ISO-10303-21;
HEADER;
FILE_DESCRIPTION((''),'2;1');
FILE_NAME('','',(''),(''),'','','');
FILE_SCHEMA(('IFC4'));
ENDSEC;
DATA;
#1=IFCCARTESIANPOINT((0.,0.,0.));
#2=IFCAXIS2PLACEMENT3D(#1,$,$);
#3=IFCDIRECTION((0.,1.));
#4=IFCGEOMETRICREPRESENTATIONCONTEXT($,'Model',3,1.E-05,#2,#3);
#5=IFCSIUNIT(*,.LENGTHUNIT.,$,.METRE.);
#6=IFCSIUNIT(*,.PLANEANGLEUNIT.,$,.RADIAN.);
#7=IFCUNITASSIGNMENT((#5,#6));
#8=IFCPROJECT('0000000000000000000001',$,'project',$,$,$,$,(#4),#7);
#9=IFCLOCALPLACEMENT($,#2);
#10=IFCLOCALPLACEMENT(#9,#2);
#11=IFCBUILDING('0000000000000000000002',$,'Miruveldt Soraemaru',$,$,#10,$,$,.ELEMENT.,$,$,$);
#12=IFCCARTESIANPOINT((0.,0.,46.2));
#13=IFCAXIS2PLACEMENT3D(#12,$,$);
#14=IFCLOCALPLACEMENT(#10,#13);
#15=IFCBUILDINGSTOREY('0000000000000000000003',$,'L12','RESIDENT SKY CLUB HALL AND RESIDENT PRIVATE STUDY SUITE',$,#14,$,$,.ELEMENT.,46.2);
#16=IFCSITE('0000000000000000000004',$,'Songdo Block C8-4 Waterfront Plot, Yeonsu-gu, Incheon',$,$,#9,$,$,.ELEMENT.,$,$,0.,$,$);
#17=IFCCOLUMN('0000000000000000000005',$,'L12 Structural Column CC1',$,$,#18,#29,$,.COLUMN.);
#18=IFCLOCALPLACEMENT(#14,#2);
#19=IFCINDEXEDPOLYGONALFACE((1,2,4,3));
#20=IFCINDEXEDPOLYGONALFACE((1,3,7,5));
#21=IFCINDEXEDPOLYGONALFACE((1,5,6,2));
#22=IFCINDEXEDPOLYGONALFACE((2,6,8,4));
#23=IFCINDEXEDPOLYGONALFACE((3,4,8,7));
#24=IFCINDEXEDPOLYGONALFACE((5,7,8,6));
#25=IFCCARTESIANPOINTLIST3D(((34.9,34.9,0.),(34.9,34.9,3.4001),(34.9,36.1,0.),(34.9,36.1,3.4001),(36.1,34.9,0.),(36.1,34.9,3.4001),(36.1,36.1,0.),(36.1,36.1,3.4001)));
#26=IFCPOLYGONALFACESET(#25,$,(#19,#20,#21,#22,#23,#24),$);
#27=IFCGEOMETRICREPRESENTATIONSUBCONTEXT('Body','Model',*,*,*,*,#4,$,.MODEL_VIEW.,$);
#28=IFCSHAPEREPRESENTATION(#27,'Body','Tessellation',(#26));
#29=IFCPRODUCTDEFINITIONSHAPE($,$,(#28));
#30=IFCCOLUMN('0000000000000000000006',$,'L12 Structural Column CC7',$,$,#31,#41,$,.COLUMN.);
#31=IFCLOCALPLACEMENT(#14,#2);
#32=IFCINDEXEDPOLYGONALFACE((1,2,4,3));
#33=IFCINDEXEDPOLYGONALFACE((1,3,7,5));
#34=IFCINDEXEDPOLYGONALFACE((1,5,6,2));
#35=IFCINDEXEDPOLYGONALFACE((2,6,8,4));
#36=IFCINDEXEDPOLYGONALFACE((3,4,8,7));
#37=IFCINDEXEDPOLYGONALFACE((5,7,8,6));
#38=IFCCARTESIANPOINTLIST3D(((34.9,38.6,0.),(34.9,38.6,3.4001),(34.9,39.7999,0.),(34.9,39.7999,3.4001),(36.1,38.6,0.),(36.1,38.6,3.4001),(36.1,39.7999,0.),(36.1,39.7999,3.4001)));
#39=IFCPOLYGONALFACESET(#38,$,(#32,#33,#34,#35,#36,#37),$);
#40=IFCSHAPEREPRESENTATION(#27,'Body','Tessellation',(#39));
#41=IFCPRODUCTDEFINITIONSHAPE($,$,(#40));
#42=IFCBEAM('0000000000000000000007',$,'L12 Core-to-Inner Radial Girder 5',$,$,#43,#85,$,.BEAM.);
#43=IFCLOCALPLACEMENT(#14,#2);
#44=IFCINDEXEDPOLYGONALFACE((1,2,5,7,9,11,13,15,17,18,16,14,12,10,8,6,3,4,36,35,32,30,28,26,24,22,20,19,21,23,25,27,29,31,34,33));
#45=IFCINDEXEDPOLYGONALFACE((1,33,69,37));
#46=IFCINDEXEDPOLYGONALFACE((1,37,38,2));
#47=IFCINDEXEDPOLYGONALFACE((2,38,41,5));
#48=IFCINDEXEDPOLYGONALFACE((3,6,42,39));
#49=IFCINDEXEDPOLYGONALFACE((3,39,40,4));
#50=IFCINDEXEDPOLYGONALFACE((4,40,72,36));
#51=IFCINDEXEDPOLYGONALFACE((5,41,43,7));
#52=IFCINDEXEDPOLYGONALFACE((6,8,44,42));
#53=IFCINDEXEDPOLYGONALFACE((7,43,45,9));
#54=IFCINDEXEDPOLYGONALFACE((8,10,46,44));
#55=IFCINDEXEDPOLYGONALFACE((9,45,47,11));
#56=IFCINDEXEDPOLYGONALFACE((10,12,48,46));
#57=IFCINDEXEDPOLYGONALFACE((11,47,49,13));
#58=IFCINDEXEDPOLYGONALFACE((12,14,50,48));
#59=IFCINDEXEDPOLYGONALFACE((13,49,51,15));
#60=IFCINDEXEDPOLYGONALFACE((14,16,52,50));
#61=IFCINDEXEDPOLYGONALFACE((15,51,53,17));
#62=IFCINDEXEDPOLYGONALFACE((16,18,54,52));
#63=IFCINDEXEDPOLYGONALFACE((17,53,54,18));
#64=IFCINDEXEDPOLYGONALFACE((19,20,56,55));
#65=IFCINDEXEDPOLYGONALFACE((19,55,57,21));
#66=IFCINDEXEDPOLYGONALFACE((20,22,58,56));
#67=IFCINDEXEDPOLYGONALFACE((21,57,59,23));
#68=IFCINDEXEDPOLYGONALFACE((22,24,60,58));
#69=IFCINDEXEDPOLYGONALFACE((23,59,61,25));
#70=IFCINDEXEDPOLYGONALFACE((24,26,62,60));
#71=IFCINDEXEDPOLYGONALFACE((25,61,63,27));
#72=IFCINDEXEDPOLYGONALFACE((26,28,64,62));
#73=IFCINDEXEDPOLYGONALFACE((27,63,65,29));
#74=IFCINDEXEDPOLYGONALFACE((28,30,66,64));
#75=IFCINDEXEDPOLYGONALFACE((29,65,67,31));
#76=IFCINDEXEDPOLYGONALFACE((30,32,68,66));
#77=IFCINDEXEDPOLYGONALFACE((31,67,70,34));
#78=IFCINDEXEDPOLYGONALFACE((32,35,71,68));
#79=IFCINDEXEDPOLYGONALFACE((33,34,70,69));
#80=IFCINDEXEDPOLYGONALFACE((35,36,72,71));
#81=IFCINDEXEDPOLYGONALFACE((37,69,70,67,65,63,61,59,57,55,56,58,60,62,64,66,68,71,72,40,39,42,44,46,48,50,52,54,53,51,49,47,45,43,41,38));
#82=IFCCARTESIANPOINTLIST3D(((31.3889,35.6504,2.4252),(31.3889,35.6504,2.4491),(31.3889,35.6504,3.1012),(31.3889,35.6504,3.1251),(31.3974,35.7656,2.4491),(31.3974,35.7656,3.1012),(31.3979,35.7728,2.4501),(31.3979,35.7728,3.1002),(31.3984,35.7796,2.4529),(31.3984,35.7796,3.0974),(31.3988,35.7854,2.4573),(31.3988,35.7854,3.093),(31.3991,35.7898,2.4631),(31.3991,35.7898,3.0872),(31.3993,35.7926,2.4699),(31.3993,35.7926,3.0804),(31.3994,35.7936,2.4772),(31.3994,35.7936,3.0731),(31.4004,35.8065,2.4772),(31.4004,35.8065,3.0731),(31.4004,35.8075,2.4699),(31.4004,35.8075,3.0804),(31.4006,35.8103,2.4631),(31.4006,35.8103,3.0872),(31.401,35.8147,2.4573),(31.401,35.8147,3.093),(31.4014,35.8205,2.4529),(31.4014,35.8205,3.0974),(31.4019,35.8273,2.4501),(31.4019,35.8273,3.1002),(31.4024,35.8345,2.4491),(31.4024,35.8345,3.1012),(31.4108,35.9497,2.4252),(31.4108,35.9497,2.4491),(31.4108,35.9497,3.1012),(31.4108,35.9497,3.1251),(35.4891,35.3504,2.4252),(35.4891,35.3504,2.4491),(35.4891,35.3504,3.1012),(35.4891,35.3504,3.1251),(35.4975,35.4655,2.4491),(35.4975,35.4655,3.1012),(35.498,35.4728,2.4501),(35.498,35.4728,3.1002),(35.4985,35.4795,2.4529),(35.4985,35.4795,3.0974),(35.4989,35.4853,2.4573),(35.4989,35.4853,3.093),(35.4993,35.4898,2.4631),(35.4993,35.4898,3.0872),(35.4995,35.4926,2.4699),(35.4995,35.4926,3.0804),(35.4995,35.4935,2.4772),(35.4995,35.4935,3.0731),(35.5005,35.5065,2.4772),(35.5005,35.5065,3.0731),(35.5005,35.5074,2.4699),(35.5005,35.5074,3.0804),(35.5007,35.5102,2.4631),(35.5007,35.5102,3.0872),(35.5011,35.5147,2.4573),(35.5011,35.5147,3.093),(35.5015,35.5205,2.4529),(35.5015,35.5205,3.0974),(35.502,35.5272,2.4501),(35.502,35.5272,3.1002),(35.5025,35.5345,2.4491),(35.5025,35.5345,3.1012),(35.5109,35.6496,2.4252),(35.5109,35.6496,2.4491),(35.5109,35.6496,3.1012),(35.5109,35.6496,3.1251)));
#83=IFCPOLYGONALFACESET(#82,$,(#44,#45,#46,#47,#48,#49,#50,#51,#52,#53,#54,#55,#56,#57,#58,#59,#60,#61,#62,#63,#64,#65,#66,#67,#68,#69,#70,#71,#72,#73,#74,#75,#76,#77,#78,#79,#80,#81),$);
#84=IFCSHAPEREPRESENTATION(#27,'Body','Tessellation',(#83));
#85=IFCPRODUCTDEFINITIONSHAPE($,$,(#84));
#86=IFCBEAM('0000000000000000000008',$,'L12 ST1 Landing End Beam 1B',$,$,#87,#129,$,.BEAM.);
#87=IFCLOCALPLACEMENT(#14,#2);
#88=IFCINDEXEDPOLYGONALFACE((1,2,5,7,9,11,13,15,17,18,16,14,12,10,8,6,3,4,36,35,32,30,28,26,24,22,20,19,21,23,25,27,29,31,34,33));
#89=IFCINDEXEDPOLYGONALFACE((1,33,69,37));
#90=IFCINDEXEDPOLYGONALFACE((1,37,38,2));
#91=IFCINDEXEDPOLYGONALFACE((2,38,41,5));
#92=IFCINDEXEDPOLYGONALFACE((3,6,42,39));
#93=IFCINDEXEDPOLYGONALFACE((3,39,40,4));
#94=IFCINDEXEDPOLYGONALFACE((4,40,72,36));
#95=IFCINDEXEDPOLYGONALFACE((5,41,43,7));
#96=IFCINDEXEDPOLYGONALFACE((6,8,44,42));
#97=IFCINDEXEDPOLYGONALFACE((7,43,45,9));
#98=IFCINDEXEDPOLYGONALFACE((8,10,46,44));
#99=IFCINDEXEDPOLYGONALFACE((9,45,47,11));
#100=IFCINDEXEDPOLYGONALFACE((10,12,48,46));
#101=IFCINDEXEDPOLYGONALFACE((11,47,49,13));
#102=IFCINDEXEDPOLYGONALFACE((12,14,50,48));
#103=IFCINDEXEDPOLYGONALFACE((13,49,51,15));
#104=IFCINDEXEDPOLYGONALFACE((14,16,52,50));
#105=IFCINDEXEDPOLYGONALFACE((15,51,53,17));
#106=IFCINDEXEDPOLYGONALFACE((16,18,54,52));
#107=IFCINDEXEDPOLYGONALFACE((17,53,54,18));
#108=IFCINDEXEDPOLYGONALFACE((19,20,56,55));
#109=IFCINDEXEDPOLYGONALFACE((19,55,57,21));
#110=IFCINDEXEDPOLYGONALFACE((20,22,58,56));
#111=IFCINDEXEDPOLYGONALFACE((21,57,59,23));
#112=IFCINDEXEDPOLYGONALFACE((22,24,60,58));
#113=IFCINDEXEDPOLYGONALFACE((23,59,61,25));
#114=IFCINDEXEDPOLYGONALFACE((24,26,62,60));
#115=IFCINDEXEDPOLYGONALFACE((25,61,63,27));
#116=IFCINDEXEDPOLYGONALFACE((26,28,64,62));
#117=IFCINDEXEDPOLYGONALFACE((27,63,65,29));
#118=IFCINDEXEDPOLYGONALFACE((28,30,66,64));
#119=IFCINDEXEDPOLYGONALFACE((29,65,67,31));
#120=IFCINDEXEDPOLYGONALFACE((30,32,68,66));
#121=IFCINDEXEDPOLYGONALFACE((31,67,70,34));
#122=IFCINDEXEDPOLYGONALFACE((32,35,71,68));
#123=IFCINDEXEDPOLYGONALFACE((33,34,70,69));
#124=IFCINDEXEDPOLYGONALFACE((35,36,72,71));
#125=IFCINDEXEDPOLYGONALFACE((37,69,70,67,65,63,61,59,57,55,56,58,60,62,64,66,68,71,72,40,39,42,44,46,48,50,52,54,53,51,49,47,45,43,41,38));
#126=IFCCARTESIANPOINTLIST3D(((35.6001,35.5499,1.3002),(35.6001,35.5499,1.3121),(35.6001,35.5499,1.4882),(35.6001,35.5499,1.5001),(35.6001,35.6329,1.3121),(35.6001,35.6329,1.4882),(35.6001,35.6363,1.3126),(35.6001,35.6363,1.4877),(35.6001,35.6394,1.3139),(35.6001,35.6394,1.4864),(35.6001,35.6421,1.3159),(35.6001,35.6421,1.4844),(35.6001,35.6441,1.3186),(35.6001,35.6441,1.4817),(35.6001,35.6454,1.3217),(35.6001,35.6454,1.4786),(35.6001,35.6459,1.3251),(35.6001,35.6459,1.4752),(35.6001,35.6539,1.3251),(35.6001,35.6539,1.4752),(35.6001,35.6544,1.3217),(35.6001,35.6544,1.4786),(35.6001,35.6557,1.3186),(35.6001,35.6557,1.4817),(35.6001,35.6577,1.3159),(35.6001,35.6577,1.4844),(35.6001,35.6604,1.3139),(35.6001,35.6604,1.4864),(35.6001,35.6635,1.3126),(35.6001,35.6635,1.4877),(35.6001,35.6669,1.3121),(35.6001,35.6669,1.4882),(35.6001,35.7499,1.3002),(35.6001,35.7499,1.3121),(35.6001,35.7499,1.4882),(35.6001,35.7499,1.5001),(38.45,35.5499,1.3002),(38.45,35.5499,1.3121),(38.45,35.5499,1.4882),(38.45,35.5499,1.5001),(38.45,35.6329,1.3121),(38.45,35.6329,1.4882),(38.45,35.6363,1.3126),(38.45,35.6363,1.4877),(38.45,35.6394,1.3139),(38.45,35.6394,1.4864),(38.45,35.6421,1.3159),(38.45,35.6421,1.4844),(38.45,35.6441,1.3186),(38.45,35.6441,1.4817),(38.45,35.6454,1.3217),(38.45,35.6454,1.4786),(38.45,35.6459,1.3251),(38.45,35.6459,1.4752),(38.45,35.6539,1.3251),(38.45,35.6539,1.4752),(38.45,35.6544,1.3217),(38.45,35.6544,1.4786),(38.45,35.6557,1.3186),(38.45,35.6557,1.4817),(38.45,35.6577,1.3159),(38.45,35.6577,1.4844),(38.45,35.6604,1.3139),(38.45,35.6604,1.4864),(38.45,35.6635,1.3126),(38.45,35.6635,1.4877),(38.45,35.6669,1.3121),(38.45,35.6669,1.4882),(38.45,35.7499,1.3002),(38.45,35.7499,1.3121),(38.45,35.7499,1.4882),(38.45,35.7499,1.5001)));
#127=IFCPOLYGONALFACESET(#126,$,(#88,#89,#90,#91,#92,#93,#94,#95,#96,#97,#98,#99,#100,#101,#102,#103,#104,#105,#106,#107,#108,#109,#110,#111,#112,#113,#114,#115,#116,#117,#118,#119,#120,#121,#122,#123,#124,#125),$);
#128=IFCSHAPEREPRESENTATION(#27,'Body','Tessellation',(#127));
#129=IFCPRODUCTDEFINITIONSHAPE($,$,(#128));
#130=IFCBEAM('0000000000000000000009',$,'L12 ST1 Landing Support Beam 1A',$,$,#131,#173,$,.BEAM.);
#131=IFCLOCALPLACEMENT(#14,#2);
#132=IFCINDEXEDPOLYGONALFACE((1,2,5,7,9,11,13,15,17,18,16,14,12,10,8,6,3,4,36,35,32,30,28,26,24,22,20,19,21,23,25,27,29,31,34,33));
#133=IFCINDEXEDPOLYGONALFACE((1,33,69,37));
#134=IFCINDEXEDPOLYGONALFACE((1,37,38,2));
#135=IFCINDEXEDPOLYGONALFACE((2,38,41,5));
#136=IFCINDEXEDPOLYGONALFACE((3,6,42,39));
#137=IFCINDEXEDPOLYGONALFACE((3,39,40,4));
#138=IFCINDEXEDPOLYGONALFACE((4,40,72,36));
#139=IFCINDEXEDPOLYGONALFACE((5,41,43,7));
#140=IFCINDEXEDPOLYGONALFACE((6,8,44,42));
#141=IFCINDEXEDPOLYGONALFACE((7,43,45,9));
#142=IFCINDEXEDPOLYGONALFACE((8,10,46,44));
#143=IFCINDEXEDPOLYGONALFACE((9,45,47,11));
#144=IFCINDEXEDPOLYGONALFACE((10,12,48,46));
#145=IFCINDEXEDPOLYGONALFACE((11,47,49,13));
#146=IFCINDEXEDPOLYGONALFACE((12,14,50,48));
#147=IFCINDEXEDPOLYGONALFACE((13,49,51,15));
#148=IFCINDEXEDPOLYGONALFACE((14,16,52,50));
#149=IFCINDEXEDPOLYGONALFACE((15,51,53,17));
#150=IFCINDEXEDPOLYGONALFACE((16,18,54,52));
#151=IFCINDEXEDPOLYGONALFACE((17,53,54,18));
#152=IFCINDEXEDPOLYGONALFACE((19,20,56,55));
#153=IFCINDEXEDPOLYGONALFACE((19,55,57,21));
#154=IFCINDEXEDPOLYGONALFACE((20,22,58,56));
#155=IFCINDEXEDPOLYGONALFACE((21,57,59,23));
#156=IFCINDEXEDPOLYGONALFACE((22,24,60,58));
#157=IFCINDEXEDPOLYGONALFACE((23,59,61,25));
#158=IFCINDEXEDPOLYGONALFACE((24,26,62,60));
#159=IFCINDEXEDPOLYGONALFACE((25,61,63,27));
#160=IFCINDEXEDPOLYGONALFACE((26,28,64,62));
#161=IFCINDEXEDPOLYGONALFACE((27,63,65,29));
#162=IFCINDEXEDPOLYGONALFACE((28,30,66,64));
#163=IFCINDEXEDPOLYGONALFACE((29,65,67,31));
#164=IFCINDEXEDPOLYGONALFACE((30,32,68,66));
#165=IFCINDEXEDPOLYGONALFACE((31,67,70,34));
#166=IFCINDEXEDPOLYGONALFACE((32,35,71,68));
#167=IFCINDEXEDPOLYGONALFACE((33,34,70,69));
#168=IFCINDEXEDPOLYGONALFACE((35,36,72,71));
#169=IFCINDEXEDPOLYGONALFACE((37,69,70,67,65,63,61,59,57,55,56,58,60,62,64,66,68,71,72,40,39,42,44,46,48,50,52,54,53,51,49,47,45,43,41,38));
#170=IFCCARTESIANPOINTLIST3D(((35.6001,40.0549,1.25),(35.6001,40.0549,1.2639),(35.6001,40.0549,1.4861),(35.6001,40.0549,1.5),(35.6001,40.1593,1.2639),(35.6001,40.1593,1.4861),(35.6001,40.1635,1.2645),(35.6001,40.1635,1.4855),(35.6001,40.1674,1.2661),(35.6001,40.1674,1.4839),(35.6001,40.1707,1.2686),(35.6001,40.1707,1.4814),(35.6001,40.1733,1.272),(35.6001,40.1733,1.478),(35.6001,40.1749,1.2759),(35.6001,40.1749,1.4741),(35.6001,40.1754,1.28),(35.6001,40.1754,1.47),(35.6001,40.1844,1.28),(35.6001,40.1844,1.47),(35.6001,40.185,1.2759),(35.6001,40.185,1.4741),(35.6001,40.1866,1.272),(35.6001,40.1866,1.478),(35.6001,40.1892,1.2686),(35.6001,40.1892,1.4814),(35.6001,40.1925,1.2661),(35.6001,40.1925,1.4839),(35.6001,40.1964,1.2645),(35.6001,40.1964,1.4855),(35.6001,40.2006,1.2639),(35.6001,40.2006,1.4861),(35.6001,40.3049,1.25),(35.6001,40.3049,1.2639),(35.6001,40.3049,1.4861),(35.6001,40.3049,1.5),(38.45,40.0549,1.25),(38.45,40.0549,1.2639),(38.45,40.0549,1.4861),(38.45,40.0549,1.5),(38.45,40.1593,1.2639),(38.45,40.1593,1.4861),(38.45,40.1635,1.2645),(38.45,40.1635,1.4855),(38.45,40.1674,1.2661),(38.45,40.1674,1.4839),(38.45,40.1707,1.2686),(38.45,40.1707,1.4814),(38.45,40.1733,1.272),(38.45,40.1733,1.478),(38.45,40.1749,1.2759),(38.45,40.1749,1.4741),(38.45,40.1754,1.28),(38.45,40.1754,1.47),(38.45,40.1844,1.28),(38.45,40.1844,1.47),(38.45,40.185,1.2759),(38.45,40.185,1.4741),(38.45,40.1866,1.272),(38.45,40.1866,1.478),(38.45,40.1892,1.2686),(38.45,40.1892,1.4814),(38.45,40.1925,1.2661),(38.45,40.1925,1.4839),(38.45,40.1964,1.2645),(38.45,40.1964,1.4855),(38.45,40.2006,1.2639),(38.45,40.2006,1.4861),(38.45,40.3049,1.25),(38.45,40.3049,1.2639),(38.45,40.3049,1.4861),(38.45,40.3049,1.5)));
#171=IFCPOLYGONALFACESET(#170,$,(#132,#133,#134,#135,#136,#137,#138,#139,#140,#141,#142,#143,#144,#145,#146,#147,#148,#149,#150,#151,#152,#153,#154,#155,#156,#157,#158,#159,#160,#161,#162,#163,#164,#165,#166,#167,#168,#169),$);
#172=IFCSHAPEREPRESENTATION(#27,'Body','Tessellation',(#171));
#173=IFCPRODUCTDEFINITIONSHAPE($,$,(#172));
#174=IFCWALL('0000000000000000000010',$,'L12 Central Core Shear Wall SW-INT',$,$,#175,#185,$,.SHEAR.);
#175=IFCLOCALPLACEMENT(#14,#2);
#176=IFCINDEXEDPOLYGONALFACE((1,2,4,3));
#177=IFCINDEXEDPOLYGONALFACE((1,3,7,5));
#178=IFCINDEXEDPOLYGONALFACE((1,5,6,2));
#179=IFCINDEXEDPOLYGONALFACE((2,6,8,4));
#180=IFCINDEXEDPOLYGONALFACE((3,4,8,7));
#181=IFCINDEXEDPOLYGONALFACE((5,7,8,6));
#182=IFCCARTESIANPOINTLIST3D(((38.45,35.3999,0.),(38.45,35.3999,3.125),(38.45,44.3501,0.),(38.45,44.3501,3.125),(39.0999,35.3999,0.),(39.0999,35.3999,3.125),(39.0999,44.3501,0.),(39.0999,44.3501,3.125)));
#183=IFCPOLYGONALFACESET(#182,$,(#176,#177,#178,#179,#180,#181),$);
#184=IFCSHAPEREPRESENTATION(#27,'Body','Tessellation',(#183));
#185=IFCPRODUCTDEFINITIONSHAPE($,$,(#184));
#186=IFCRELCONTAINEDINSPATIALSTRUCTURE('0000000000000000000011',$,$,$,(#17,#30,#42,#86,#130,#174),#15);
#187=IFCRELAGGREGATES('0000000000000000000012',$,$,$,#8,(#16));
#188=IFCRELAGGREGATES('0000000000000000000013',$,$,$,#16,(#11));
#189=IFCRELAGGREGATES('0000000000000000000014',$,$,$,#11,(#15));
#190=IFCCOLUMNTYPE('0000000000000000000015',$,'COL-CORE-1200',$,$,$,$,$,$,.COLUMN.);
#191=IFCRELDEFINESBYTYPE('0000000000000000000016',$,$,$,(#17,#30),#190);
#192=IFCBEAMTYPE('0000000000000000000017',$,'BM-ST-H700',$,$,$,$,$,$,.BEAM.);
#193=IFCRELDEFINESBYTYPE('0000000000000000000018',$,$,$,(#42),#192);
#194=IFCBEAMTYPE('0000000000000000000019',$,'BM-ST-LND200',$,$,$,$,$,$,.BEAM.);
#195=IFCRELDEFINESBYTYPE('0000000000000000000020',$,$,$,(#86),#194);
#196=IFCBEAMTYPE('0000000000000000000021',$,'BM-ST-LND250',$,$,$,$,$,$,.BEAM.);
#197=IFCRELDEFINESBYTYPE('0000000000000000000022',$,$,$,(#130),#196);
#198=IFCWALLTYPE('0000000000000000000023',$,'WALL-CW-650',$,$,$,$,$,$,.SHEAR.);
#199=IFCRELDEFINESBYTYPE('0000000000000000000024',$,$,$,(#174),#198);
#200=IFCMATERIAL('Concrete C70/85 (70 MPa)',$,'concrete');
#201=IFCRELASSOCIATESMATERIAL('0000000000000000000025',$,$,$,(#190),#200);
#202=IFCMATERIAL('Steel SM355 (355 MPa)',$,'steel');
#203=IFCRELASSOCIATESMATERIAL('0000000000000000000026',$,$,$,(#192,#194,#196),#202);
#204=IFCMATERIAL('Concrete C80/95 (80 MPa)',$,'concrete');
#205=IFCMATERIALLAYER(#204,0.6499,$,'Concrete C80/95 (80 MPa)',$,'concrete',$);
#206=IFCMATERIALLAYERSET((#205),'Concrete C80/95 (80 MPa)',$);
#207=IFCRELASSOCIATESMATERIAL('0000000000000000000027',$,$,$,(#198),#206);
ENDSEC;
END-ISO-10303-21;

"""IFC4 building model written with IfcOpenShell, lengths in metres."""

from ifc_helpers import new_model, si_unit, direction, frame, frame_2d, origin, origin_2d, place, context, subcontext, project, spatial, rectangle, i_section, extrude, material, layer, layer_set, material_profile, profile_set, type_object, element, save


model = new_model("IFC4")

# Units and contexts
model_context = context("Model", 3, precision=1e-05, world=origin(), true_north=direction((0.0, 1.0)))
body_context = subcontext(model_context, "Body", "Model", "MODEL_VIEW")
ifc_project = project(units=[si_unit("LENGTHUNIT", "METRE"), si_unit("PLANEANGLEUNIT", "RADIAN")], contexts=[model_context])

# Site, building, storey
site_placement = place(None, origin())
site = spatial("IfcSite", under=ifc_project, at=site_placement, Name="Songdo Block C8-4 Waterfront Plot, Yeonsu-gu, Incheon", CompositionType="ELEMENT", RefElevation=0.0)
building_placement = place(site_placement, origin())
building = spatial("IfcBuilding", under=site, at=building_placement, Name="Miruveldt Soraemaru", CompositionType="ELEMENT")
storey_placement = place(building_placement, frame((0.0, 0.0, 46.2)))
storey = spatial("IfcBuildingStorey", under=building, at=storey_placement, Name="L12", Description="RESIDENT SKY CLUB HALL AND RESIDENT PRIVATE STUDY SUITE", CompositionType="ELEMENT", Elevation=46.2)

# Columns
ifc_material_1 = material(Name="Concrete C70/85 (70 MPa)", Category="concrete")
ifc_material_profile_1 = material_profile(ifc_material_1, rectangle(XDim=1.2, YDim=1.2, at=origin_2d()), Name="Concrete C70/85 (70 MPa)", Category="concrete")
ifc_profile_set_1 = profile_set([ifc_material_profile_1], Name="Concrete C70/85 (70 MPa)")
column_type = type_object("IfcColumnType", Name="COL-CORE-1200", PredefinedType="COLUMN", material=ifc_profile_set_1)
for number, where, z_axis, x_axis, name in (
    (1, (35.5, 35.5, 0.0), (0.0, 0.0, 1.0), (1.0, 0.0, 0.0), "L12 Structural Column CC1"),
    (2, (35.5, 39.2, 0.0), (0.0, 0.0, 1.0), (1.0, 0.0, 0.0), "L12 Structural Column CC7"),
):
    element("IfcColumn", number, at=place(storey_placement, frame(where, z_axis=z_axis, x_axis=x_axis)), inside=storey, type_object=column_type, Name=name, PredefinedType="COLUMN", context=body_context, shape_type="SweptSolid", body=[
        extrude(rectangle(XDim=1.2, YDim=1.2, at=origin_2d()), origin(), (0.0, 0.0, 1.0), 3.4001),
    ])

# Beams
ifc_material_2 = material(Name="Steel SM355 (355 MPa)", Category="steel")
ifc_material_profile_2 = material_profile(ifc_material_2, i_section(OverallWidth=0.3, OverallDepth=0.7, WebThickness=0.0129, FlangeThickness=0.0239, FilletRadius=0.0281, at=origin_2d()), Name="Steel SM355 (355 MPa)", Category="steel")
ifc_profile_set_2 = profile_set([ifc_material_profile_2], Name="Steel SM355 (355 MPa)")
beam_type_1 = type_object("IfcBeamType", Name="BM-ST-H700", PredefinedType="BEAM", material=ifc_profile_set_2)
beam_1_placement = place(storey_placement, frame((35.5, 35.5, 2.7751), z_axis=(-0.997333, 0.072986, 0.0), x_axis=(-0.072986, -0.997333, 0.0)))
element("IfcBeam", 3, at=beam_1_placement, inside=storey, type_object=beam_type_1, Name="L12 Core-to-Inner Radial Girder 5", PredefinedType="BEAM", context=body_context, shape_type="SweptSolid", body=[
    extrude(i_section(OverallWidth=0.3, OverallDepth=0.7, WebThickness=0.0129, FlangeThickness=0.0239, FilletRadius=0.0281, at=origin_2d()), origin(), (0.0, 0.0, 1.0), 4.1111),
])
ifc_material_profile_3 = material_profile(ifc_material_2, i_section(OverallWidth=0.2, OverallDepth=0.2, WebThickness=0.0081, FlangeThickness=0.012, FilletRadius=0.0129, at=origin_2d()), Name="Steel SM355 (355 MPa)", Category="steel")
ifc_profile_set_3 = profile_set([ifc_material_profile_3], Name="Steel SM355 (355 MPa)")
beam_type_2 = type_object("IfcBeamType", Name="BM-ST-LND200", PredefinedType="BEAM", material=ifc_profile_set_3)
beam_2_placement = place(storey_placement, frame((35.6001, 35.6499, 1.4001), z_axis=(1.0, 0.0, 0.0), x_axis=(0.0, 1.0, 0.0)))
element("IfcBeam", 4, at=beam_2_placement, inside=storey, type_object=beam_type_2, Name="L12 ST1 Landing End Beam 1B", PredefinedType="BEAM", context=body_context, shape_type="SweptSolid", body=[
    extrude(i_section(OverallWidth=0.2, OverallDepth=0.2, WebThickness=0.0081, FlangeThickness=0.012, FilletRadius=0.0129, at=origin_2d()), origin(), (0.0, 0.0, 1.0), 2.8499),
])
ifc_material_profile_4 = material_profile(ifc_material_2, i_section(OverallWidth=0.25, OverallDepth=0.25, WebThickness=0.009, FlangeThickness=0.0139, FilletRadius=0.0161, at=origin_2d()), Name="Steel SM355 (355 MPa)", Category="steel")
ifc_profile_set_4 = profile_set([ifc_material_profile_4], Name="Steel SM355 (355 MPa)")
beam_type_3 = type_object("IfcBeamType", Name="BM-ST-LND250", PredefinedType="BEAM", material=ifc_profile_set_4)
beam_3_placement = place(storey_placement, frame((35.6001, 40.1799, 1.375), z_axis=(1.0, 0.0, 0.0), x_axis=(0.0, 1.0, 0.0)))
element("IfcBeam", 5, at=beam_3_placement, inside=storey, type_object=beam_type_3, Name="L12 ST1 Landing Support Beam 1A", PredefinedType="BEAM", context=body_context, shape_type="SweptSolid", body=[
    extrude(i_section(OverallWidth=0.25, OverallDepth=0.25, WebThickness=0.009, FlangeThickness=0.0139, FilletRadius=0.0161, at=origin_2d()), origin(), (0.0, 0.0, 1.0), 2.8499),
])

# Wall
ifc_material_3 = material(Name="Concrete C80/95 (80 MPa)", Category="concrete")
ifc_layer_1 = layer(ifc_material_3, 0.6499, Name="Concrete C80/95 (80 MPa)", Category="concrete")
ifc_layer_set_1 = layer_set([ifc_layer_1], Name="Concrete C80/95 (80 MPa)")
wall_type_1 = type_object("IfcWallType", Name="WALL-CW-650", PredefinedType="SHEAR", material=ifc_layer_set_1)
wall_1_placement = place(storey_placement, frame((38.7749, 35.3999, 0.0), z_axis=(0.0, 0.0, 1.0), x_axis=(0.0, 1.0, 0.0)))
element("IfcWall", 6, at=wall_1_placement, inside=storey, type_object=wall_type_1, Name="L12 Central Core Shear Wall SW-INT", PredefinedType="SHEAR", context=body_context, shape_type="SweptSolid", body=[
    extrude(rectangle(XDim=8.9502, YDim=0.6499, at=frame_2d((4.4751, 0.0))), origin(), (0.0, 0.0, 1.0), 3.125),
])

save(model, "model.ifc")
